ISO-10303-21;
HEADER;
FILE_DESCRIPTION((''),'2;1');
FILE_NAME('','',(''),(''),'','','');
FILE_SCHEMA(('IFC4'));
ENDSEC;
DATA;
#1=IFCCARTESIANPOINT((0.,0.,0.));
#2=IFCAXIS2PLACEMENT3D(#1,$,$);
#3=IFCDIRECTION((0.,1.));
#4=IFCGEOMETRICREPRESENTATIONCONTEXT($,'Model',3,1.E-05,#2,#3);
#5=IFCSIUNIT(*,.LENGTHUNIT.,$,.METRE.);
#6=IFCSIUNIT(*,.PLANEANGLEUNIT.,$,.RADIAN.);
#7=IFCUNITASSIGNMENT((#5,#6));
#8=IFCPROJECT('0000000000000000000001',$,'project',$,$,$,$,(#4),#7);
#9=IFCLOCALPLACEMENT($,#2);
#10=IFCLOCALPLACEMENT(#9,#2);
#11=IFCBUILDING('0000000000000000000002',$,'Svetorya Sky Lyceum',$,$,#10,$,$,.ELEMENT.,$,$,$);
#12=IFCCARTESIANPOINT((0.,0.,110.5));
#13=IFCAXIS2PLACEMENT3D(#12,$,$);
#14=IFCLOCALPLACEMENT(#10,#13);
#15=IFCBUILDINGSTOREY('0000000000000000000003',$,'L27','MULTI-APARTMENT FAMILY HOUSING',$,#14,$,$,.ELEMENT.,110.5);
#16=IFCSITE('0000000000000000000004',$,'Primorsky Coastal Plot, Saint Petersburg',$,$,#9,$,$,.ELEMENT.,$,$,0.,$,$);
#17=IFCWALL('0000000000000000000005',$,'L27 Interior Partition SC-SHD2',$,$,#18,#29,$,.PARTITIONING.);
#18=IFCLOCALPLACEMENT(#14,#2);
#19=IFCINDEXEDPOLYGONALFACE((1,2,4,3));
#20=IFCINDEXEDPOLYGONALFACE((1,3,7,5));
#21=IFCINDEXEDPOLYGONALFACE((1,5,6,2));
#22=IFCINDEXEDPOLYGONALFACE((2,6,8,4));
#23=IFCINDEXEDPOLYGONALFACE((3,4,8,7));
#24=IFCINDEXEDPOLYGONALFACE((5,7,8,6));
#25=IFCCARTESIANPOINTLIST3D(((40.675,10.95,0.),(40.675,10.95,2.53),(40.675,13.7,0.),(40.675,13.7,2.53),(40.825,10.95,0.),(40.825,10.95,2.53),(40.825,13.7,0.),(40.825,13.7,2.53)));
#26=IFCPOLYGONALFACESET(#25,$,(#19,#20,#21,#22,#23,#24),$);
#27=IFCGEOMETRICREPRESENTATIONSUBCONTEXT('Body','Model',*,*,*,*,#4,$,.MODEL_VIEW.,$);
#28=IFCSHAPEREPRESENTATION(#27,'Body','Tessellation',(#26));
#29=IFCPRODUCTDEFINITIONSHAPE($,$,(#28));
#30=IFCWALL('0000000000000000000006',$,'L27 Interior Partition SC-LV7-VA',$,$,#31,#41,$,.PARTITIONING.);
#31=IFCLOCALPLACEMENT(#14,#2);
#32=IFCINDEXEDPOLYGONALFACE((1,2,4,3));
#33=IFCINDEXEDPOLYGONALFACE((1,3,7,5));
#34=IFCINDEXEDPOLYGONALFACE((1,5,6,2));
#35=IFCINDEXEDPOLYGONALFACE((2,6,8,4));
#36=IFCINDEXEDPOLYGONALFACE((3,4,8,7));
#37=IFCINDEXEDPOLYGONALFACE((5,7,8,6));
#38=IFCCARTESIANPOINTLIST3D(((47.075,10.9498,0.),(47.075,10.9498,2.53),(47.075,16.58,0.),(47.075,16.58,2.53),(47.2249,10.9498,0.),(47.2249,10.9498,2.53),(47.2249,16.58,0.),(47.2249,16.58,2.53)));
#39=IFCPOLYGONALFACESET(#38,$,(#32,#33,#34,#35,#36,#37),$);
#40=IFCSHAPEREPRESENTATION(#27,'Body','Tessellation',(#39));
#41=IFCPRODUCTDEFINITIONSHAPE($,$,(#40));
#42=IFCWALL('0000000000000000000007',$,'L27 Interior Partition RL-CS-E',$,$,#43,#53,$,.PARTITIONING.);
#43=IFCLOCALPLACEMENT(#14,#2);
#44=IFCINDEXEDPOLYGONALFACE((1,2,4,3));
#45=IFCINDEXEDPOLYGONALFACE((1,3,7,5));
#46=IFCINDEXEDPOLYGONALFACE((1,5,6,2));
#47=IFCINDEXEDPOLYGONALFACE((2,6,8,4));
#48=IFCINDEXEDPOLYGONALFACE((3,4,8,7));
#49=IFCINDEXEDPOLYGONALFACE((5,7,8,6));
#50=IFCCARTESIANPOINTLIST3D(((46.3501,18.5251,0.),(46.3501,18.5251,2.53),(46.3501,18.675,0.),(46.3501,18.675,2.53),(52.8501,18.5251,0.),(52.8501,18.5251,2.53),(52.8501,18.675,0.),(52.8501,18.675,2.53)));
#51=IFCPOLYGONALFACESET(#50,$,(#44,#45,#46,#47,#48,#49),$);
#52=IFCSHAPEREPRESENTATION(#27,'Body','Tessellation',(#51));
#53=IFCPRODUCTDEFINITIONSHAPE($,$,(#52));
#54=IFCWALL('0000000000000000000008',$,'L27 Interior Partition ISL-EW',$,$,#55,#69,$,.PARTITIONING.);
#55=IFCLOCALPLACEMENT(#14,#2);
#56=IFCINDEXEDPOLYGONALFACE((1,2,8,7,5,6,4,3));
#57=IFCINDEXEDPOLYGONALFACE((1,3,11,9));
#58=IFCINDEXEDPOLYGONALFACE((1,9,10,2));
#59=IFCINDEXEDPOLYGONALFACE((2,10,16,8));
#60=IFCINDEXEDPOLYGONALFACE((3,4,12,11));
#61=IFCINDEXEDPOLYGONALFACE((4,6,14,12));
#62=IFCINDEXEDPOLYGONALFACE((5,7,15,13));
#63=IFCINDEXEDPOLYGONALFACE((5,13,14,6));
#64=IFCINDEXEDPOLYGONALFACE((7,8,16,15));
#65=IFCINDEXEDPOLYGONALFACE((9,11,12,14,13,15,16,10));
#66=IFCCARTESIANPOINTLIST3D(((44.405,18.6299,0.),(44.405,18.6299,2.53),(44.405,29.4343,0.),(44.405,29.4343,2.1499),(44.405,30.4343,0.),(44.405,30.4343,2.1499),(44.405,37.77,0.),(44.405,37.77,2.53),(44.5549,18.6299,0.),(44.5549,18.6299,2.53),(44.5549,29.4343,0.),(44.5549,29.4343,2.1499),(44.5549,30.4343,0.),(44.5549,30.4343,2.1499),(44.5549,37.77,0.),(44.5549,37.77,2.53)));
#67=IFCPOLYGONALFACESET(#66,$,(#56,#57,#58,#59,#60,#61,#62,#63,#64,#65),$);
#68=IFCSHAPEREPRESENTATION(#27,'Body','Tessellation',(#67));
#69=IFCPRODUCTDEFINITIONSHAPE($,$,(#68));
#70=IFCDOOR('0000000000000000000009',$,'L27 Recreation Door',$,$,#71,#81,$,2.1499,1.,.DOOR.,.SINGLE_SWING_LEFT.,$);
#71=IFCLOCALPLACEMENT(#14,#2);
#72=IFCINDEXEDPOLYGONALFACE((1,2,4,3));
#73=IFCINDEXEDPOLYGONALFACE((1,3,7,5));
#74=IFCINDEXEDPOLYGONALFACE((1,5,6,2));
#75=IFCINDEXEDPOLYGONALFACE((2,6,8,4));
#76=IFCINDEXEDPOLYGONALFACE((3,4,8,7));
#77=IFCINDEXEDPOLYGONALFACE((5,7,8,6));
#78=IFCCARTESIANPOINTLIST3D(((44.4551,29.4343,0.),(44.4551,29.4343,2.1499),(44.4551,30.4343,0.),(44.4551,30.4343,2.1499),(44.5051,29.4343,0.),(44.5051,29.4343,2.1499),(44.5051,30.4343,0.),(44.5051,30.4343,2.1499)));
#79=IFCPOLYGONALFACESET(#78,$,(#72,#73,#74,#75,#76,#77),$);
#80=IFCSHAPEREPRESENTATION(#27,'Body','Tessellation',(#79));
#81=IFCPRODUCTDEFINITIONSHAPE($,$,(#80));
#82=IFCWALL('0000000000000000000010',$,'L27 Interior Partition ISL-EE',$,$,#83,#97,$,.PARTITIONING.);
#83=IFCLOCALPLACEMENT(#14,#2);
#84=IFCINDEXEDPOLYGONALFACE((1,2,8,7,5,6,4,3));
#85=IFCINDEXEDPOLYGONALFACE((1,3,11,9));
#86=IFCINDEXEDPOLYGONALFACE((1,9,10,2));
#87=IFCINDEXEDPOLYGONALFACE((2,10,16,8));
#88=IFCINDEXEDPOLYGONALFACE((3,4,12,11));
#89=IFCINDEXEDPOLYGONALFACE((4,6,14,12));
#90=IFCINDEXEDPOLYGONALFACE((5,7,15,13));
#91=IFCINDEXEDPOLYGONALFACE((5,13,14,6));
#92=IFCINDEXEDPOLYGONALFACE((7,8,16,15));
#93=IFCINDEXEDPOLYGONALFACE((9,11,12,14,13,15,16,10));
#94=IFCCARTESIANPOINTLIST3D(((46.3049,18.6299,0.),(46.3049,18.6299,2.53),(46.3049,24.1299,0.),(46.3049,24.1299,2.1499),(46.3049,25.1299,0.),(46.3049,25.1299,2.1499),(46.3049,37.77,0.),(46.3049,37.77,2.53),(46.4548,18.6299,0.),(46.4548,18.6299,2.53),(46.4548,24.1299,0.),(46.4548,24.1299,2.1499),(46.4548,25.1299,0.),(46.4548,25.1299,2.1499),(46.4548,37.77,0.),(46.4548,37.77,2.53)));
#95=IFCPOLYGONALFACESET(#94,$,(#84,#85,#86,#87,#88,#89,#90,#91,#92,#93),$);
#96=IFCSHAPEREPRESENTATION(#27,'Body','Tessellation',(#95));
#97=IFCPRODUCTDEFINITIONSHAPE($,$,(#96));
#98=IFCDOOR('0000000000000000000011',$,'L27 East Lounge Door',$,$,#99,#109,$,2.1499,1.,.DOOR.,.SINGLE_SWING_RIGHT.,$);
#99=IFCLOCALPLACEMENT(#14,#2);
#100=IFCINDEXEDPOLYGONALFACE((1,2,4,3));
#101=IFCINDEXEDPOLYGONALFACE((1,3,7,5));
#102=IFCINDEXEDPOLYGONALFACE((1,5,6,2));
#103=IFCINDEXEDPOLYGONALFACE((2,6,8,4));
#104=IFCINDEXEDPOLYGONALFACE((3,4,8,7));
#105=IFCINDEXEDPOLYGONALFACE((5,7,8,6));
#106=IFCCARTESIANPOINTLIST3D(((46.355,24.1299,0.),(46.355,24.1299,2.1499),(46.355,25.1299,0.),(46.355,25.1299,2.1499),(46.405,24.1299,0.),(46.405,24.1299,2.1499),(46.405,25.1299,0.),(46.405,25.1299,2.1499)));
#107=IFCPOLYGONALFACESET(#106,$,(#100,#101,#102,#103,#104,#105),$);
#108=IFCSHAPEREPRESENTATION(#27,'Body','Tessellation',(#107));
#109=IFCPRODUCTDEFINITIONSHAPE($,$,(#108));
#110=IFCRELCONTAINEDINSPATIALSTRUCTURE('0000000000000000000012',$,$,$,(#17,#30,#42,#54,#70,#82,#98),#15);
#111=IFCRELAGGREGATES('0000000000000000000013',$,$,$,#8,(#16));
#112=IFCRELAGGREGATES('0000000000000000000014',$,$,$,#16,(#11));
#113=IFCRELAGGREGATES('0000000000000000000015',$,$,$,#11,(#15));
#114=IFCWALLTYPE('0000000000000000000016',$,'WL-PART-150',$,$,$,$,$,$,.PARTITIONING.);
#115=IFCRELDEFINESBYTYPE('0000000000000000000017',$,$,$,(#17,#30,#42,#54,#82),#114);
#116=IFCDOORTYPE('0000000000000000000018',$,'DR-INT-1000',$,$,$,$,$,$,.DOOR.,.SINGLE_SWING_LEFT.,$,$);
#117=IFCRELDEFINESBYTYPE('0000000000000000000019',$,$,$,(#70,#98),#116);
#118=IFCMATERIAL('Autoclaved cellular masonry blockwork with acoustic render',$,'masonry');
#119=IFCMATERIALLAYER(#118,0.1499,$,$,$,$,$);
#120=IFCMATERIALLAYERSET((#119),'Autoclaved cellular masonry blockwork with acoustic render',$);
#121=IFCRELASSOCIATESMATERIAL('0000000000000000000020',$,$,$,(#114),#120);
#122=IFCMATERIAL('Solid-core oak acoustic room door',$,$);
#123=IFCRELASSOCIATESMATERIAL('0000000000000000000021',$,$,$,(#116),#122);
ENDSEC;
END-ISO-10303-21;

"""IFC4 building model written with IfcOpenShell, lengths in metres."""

from ifc_helpers import new_model, si_unit, direction, frame, frame_2d, origin, place, context, subcontext, project, spatial, rectangle, extrude, material, layer, layer_set, type_object, element, fill, save


model = new_model("IFC4")

# Units and contexts
model_context = context("Model", 3, precision=1e-05, world=origin(), true_north=direction((0.0, 1.0)))
body_context = subcontext(model_context, "Body", "Model", "MODEL_VIEW")
ifc_project = project(units=[si_unit("LENGTHUNIT", "METRE"), si_unit("PLANEANGLEUNIT", "RADIAN")], contexts=[model_context])

# Site, building, storey
site_placement = place(None, origin())
site = spatial("IfcSite", under=ifc_project, at=site_placement, Name="Primorsky Coastal Plot, Saint Petersburg", CompositionType="ELEMENT", RefElevation=0.0)
building_placement = place(site_placement, origin())
building = spatial("IfcBuilding", under=site, at=building_placement, Name="Svetorya Sky Lyceum", CompositionType="ELEMENT")
storey_placement = place(building_placement, frame((0.0, 0.0, 110.5)))
storey = spatial("IfcBuildingStorey", under=building, at=storey_placement, Name="L27", Description="MULTI-APARTMENT FAMILY HOUSING", CompositionType="ELEMENT", Elevation=110.5)

# Walls
ifc_material_1 = material(Name="Autoclaved cellular masonry blockwork with acoustic render", Category="masonry")
ifc_layer_1 = layer(ifc_material_1, 0.1499)
ifc_layer_set_1 = layer_set([ifc_layer_1], Name="Autoclaved cellular masonry blockwork with acoustic render")
wall_type_1 = type_object("IfcWallType", Name="WL-PART-150", PredefinedType="PARTITIONING", material=ifc_layer_set_1)
for number, where, z_axis, x_axis, name in (
    (1, (40.75, 10.95, 0.0), (0.0, 0.0, 1.0), (0.0, 1.0, 0.0), "L27 Interior Partition SC-SHD2"),
):
    element("IfcWall", number, at=place(storey_placement, frame(where, z_axis=z_axis, x_axis=x_axis)), inside=storey, type_object=wall_type_1, Name=name, PredefinedType="PARTITIONING", context=body_context, shape_type="SweptSolid", body=[
        extrude(rectangle(XDim=2.75, YDim=0.1499, at=frame_2d((1.375, 0.0))), origin(), (0.0, 0.0, 1.0), 2.53),
    ])
wall_1_placement = place(storey_placement, frame((47.1499, 10.95, 0.0), z_axis=(0.0, 0.0, 1.0), x_axis=(0.0, 1.0, 0.0)))
element("IfcWall", 2, at=wall_1_placement, inside=storey, type_object=wall_type_1, Name="L27 Interior Partition SC-LV7-VA", PredefinedType="PARTITIONING", context=body_context, shape_type="SweptSolid", body=[
    extrude(rectangle(XDim=5.6301, YDim=0.1499, at=frame_2d((2.8149, 0.0))), origin(), (0.0, 0.0, 1.0), 2.53),
])
wall_2_placement = place(storey_placement, frame((46.3501, 18.6001, 0.0), z_axis=(0.0, 0.0, 1.0), x_axis=(1.0, 0.0, 0.0)))
element("IfcWall", 3, at=wall_2_placement, inside=storey, type_object=wall_type_1, Name="L27 Interior Partition RL-CS-E", PredefinedType="PARTITIONING", context=body_context, shape_type="SweptSolid", body=[
    extrude(rectangle(XDim=6.5, YDim=0.1499, at=frame_2d((3.25, 0.0))), origin(), (0.0, 0.0, 1.0), 2.53),
])

# Walls, openings, doors
wall_3_placement = place(storey_placement, frame((44.48, 18.6299, 0.0), z_axis=(0.0, 0.0, 1.0), x_axis=(0.0, 1.0, 0.0)))
wall_3 = element("IfcWall", 4, at=wall_3_placement, inside=storey, type_object=wall_type_1, Name="L27 Interior Partition ISL-EW", PredefinedType="PARTITIONING", context=body_context, shape_type="SweptSolid", body=[
    extrude(rectangle(XDim=19.1401, YDim=0.1499, at=frame_2d((9.5701, 0.0))), origin(), (0.0, 0.0, 1.0), 2.53),
])
opening_1_placement = place(wall_3_placement, frame((10.8044, 0.0, 0.0)))
opening_1 = element("IfcOpeningElement", 5, at=opening_1_placement, cuts=wall_3, PredefinedType="OPENING", context=body_context, shape_type="SweptSolid", body=[
    extrude(rectangle(XDim=1.0, YDim=2.1499, at=frame_2d((0.5, 1.075))), frame((0.0, 0.085, 0.0), z_axis=(0.0, -1.0, 0.0), x_axis=(1.0, 0.0, 0.0)), (0.0, 0.0, 1.0), 0.1699),
])
ifc_material_2 = material(Name="Solid-core oak acoustic room door")
door_type_1 = type_object("IfcDoorType", Name="DR-INT-1000", OperationType="SINGLE_SWING_LEFT", PredefinedType="DOOR", material=ifc_material_2)
door_1_placement = place(opening_1_placement, origin())
door_1 = element("IfcDoor", 6, at=door_1_placement, inside=storey, type_object=door_type_1, Name="L27 Recreation Door", OperationType="SINGLE_SWING_LEFT", OverallHeight=2.1499, OverallWidth=1.0, PredefinedType="DOOR", context=body_context, shape_type="SweptSolid", body=[
    extrude(rectangle(XDim=1.0, YDim=2.1499, at=frame_2d((0.5, 1.075))), frame((0.0, 0.0249, 0.0), z_axis=(0.0, -1.0, 0.0), x_axis=(1.0, 0.0, 0.0)), (0.0, 0.0, 1.0), 0.05),
])
fill(opening_1, door_1)
wall_4_placement = place(storey_placement, frame((46.3799, 18.6299, 0.0), z_axis=(0.0, 0.0, 1.0), x_axis=(0.0, 1.0, 0.0)))
wall_4 = element("IfcWall", 7, at=wall_4_placement, inside=storey, type_object=wall_type_1, Name="L27 Interior Partition ISL-EE", PredefinedType="PARTITIONING", context=body_context, shape_type="SweptSolid", body=[
    extrude(rectangle(XDim=19.1401, YDim=0.1499, at=frame_2d((9.5701, 0.0))), origin(), (0.0, 0.0, 1.0), 2.53),
])
opening_2_placement = place(wall_4_placement, frame((5.5, 0.0, 0.0)))
opening_2 = element("IfcOpeningElement", 8, at=opening_2_placement, cuts=wall_4, PredefinedType="OPENING", context=body_context, shape_type="SweptSolid", body=[
    extrude(rectangle(XDim=1.0, YDim=2.1499, at=frame_2d((0.5, 1.075))), frame((0.0, 0.085, 0.0), z_axis=(0.0, -1.0, 0.0), x_axis=(1.0, 0.0, 0.0)), (0.0, 0.0, 1.0), 0.1699),
])
door_2_placement = place(opening_2_placement, origin())
door_2 = element("IfcDoor", 9, at=door_2_placement, inside=storey, type_object=door_type_1, Name="L27 East Lounge Door", OperationType="SINGLE_SWING_RIGHT", OverallHeight=2.1499, OverallWidth=1.0, PredefinedType="DOOR", context=body_context, shape_type="SweptSolid", body=[
    extrude(rectangle(XDim=1.0, YDim=2.1499, at=frame_2d((0.5, 1.075))), frame((0.0, 0.0249, 0.0), z_axis=(0.0, -1.0, 0.0), x_axis=(1.0, 0.0, 0.0)), (0.0, 0.0, 1.0), 0.05),
])
fill(opening_2, door_2)

save(model, "model.ifc")
